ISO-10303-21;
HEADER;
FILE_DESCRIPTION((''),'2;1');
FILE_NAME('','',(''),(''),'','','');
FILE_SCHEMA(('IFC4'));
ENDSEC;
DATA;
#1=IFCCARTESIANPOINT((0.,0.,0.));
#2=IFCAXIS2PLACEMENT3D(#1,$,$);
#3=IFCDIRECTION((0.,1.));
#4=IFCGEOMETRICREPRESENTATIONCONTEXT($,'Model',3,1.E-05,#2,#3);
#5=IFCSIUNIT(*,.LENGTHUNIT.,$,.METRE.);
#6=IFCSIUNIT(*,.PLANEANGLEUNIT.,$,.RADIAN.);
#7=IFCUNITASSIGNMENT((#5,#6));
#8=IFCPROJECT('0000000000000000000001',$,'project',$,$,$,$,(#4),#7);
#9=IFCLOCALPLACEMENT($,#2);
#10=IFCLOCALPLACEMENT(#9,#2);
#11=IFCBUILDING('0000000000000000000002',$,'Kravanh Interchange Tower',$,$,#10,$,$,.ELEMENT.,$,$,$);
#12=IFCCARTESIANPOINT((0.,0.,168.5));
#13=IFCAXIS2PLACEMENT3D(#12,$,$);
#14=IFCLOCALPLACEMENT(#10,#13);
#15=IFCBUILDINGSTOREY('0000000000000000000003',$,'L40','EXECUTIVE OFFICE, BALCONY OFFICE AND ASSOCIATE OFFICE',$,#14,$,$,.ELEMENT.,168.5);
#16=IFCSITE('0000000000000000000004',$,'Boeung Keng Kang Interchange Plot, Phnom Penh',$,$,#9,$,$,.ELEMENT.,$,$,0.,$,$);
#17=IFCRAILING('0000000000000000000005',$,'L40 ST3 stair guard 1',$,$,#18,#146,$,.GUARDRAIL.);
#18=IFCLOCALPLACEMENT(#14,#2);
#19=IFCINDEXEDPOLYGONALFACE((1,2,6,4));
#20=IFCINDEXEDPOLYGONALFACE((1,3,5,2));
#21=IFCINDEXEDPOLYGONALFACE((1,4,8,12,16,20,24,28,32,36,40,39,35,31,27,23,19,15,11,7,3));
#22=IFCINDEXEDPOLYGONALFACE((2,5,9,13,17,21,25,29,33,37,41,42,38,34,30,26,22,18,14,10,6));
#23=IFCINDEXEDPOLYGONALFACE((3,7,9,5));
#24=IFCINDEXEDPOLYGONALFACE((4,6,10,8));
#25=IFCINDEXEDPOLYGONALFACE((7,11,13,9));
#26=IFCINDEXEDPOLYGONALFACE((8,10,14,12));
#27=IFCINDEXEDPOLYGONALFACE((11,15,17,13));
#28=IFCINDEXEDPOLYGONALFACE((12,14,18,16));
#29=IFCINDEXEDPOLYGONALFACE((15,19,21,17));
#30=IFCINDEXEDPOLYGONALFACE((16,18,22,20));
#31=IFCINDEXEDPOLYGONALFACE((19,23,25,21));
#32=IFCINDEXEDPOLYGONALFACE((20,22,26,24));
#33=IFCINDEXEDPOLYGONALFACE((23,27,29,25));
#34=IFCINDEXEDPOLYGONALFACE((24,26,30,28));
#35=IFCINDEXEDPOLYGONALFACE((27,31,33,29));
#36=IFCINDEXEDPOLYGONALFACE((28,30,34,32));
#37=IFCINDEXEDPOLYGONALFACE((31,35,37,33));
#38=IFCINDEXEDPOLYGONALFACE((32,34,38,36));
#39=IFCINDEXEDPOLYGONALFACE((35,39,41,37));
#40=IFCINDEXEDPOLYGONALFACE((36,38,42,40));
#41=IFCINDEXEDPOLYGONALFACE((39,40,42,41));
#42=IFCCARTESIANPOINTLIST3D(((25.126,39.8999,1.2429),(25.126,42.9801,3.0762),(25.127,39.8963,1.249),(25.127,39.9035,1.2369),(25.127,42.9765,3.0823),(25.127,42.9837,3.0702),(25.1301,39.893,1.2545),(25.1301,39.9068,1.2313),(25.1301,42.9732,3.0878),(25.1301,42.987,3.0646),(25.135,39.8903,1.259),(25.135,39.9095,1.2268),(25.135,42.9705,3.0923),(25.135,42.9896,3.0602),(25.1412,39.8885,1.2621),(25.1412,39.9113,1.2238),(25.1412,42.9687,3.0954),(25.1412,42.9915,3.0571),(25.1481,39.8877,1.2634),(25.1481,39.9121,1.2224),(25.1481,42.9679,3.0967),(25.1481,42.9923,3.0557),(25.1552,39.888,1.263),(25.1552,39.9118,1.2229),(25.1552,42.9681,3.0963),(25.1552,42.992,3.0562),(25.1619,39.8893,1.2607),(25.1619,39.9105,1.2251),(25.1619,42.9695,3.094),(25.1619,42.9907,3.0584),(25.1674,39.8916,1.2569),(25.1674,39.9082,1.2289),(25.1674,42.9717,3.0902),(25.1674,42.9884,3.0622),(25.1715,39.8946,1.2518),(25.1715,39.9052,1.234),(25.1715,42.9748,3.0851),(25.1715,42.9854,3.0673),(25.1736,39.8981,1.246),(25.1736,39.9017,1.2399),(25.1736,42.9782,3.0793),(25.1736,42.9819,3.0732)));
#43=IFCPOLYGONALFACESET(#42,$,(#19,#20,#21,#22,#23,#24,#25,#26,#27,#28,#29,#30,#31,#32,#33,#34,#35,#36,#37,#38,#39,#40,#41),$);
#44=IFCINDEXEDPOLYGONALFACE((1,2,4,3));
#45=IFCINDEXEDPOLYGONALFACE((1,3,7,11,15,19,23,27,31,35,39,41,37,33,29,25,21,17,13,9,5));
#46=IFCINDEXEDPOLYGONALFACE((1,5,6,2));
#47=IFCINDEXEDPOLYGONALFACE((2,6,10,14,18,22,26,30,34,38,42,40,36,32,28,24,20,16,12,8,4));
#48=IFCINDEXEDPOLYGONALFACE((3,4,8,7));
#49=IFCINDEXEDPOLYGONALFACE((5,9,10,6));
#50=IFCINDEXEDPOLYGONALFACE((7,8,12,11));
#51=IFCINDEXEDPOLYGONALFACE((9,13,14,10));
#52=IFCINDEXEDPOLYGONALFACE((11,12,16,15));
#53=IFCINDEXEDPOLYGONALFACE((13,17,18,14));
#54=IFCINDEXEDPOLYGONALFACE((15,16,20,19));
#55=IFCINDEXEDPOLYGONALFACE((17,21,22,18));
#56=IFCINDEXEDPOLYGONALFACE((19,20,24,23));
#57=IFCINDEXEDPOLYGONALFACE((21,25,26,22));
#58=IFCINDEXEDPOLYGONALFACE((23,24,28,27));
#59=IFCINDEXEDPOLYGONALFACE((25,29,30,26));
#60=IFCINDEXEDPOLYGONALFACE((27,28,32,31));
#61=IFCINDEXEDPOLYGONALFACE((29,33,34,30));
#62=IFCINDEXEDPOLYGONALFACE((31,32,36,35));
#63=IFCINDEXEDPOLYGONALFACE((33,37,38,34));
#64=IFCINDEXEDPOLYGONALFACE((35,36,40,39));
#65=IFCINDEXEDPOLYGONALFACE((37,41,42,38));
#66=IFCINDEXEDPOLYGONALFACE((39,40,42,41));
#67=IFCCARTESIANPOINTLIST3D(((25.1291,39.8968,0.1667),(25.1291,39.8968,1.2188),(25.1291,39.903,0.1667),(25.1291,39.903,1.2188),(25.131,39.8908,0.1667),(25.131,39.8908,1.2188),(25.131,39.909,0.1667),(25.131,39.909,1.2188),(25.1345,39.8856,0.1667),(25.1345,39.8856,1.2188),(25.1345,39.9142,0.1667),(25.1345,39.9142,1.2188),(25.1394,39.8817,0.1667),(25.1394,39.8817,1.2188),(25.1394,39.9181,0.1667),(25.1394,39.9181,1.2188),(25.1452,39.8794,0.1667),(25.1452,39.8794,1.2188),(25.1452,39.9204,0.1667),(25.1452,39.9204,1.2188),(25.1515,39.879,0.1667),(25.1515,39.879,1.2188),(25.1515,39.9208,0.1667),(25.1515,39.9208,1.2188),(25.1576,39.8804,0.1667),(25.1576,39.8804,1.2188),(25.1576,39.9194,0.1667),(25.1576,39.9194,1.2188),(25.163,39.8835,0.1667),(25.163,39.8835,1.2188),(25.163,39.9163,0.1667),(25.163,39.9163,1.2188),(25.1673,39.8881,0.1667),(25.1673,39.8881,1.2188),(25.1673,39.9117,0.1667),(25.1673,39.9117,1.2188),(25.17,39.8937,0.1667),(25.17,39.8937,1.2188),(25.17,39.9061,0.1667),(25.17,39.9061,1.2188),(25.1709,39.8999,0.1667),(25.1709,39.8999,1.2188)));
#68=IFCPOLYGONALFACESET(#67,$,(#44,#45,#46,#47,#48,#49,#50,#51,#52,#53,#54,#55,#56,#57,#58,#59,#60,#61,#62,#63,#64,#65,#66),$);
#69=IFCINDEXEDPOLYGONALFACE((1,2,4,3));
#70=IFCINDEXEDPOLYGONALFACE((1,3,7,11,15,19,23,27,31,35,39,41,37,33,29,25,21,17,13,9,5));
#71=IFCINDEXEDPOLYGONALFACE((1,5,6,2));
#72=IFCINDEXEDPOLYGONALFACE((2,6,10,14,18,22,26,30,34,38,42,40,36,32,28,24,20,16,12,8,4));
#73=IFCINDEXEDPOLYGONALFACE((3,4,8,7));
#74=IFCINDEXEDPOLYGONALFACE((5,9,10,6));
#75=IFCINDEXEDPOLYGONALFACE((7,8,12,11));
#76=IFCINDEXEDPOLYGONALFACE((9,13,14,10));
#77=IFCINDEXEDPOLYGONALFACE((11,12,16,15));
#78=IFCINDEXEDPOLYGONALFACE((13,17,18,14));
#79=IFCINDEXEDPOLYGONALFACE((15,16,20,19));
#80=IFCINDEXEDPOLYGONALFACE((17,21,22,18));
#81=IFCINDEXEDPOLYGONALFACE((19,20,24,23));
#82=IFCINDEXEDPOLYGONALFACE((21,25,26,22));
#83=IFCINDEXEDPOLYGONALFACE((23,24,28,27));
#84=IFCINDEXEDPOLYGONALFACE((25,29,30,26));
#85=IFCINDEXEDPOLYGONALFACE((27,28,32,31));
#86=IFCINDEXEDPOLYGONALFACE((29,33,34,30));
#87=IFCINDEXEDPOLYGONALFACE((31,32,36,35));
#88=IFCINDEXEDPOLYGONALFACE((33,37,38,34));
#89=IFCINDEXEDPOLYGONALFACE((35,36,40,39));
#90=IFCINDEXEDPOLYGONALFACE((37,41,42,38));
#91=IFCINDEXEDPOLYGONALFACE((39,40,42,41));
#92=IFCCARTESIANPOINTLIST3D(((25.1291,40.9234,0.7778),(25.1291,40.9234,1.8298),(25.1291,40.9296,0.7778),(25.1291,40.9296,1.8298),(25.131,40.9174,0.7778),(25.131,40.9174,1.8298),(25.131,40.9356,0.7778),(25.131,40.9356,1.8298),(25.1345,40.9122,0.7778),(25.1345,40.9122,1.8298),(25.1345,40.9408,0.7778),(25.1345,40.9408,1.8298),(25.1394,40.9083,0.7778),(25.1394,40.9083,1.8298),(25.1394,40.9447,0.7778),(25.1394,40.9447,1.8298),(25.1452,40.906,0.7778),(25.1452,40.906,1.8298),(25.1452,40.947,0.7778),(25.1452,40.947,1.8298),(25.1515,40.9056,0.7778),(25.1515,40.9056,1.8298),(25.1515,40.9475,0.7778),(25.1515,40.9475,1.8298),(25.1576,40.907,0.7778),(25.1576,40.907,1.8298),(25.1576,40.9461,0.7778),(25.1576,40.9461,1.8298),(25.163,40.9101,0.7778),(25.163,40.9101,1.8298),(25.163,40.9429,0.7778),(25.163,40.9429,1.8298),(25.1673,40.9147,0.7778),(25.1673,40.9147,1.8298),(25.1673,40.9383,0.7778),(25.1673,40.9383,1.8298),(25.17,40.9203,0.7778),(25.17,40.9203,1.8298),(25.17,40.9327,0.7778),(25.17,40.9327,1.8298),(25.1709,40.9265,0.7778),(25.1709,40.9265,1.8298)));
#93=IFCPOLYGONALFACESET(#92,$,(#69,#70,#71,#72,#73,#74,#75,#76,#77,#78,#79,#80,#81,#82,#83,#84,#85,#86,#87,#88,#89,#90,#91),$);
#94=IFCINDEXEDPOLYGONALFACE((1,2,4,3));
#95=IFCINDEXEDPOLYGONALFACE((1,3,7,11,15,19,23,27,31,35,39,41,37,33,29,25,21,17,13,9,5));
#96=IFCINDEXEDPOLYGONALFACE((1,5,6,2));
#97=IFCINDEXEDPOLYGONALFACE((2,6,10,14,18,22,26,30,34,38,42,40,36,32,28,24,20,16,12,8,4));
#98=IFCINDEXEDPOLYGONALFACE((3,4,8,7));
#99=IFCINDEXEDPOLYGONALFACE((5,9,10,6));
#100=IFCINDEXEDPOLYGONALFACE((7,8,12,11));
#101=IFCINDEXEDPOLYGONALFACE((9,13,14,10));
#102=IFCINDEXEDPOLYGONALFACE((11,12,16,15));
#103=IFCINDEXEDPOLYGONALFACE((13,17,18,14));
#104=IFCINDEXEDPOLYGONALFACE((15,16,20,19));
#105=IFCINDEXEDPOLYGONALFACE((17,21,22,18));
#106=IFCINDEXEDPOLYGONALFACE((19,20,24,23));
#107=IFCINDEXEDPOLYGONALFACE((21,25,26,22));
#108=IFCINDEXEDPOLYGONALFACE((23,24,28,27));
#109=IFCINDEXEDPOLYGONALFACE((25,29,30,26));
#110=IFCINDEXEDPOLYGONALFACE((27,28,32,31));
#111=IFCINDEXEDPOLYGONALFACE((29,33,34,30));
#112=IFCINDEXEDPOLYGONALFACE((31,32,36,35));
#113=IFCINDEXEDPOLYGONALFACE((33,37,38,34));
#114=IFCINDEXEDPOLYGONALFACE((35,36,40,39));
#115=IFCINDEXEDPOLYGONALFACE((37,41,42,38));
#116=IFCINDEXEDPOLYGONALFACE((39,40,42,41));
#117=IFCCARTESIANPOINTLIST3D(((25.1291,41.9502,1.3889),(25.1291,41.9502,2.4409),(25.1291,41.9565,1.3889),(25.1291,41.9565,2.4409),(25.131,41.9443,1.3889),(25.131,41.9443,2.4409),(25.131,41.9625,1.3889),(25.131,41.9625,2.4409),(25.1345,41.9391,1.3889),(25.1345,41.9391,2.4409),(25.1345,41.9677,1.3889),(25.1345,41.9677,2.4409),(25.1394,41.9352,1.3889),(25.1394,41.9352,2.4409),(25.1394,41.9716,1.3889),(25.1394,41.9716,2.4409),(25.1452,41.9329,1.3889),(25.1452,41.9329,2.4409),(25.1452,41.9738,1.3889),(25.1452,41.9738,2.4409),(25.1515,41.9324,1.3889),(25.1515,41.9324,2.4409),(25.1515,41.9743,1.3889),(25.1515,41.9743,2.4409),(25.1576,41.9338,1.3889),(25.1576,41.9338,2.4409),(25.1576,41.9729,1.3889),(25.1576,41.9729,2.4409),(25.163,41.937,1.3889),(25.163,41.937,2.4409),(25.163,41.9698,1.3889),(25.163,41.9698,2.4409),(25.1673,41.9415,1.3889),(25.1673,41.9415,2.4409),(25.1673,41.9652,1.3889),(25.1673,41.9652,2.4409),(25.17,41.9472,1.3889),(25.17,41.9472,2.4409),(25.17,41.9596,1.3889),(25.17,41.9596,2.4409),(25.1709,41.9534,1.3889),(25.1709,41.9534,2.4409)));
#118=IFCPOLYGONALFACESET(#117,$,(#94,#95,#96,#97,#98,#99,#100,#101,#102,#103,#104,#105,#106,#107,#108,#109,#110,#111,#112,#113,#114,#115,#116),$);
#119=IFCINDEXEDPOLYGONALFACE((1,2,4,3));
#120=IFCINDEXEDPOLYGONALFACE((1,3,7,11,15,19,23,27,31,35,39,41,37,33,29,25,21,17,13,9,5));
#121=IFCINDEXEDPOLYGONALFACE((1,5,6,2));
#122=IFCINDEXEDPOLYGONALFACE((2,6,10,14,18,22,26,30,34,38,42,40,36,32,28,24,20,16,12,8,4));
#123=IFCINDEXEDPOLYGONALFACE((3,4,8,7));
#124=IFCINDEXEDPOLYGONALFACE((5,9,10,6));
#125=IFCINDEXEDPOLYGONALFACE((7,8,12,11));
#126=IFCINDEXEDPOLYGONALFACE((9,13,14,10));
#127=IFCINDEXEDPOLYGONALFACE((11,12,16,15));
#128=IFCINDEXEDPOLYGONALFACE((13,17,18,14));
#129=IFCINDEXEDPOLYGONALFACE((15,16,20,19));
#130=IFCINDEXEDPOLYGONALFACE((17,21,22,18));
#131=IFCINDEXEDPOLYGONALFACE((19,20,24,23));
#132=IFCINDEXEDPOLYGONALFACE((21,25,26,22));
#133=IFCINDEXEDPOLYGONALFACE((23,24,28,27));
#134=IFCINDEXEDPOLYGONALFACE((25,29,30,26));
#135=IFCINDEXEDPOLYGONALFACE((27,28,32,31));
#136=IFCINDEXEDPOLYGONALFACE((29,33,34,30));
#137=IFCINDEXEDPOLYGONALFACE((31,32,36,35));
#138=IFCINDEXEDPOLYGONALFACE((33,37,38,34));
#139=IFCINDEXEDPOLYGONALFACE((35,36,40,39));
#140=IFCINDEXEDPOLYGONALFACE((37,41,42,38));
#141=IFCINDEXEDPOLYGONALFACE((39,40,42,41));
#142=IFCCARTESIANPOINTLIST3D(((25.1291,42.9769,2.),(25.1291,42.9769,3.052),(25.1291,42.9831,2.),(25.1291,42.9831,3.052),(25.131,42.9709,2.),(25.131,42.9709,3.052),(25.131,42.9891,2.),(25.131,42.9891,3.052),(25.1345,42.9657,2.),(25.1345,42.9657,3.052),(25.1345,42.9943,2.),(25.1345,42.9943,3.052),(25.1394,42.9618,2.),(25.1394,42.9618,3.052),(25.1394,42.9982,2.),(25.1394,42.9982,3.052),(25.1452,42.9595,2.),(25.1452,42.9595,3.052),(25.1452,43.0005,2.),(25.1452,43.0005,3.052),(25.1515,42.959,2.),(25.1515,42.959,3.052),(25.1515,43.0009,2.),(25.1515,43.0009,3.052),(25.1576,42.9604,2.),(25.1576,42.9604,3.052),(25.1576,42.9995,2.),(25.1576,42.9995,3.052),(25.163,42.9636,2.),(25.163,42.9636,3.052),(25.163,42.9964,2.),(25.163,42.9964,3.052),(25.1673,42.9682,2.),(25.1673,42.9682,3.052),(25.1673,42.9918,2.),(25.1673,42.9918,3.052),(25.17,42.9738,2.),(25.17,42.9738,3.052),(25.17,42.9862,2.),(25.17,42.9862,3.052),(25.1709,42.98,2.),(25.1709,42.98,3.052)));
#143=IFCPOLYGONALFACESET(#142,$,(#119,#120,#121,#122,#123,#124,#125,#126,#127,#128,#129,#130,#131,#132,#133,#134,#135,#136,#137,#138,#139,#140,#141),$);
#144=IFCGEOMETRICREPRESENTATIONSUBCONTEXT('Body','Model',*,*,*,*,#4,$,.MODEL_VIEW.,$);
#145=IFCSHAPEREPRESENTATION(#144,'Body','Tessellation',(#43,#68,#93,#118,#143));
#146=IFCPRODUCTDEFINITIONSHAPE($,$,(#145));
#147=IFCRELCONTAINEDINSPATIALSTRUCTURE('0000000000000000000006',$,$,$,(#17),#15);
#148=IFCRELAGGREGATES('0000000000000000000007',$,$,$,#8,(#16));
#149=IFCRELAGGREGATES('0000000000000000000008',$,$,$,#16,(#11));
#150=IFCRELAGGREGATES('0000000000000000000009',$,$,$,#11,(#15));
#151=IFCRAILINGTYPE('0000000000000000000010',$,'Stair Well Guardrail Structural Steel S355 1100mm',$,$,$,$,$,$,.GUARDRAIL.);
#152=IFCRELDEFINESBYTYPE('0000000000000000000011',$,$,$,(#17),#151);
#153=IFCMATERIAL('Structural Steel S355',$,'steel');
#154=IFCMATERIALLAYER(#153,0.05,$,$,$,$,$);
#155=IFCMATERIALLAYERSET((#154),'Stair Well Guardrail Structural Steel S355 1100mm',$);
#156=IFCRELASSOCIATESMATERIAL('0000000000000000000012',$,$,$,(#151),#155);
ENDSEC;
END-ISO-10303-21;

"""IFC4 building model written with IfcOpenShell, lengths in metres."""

from ifc_helpers import new_model, si_unit, direction, frame, origin, origin_2d, place, context, subcontext, project, spatial, circle, extrude, material, layer, layer_set, type_object, element, save


model = new_model("IFC4")

# Units and contexts
model_context = context("Model", 3, precision=1e-05, world=origin(), true_north=direction((0.0, 1.0)))
body_context = subcontext(model_context, "Body", "Model", "MODEL_VIEW")
ifc_project = project(units=[si_unit("LENGTHUNIT", "METRE"), si_unit("PLANEANGLEUNIT", "RADIAN")], contexts=[model_context])

# Site, building, storey
site_placement = place(None, origin())
site = spatial("IfcSite", under=ifc_project, at=site_placement, Name="Boeung Keng Kang Interchange Plot, Phnom Penh", CompositionType="ELEMENT", RefElevation=0.0)
building_placement = place(site_placement, origin())
building = spatial("IfcBuilding", under=site, at=building_placement, Name="Kravanh Interchange Tower", CompositionType="ELEMENT")
storey_placement = place(building_placement, frame((0.0, 0.0, 168.5)))
storey = spatial("IfcBuildingStorey", under=building, at=storey_placement, Name="L40", Description="EXECUTIVE OFFICE, BALCONY OFFICE AND ASSOCIATE OFFICE", CompositionType="ELEMENT", Elevation=168.5)

# Railing
ifc_material_1 = material(Name="Structural Steel S355", Category="steel")
ifc_layer_1 = layer(ifc_material_1, 0.05)
ifc_layer_set_1 = layer_set([ifc_layer_1], Name="Stair Well Guardrail Structural Steel S355 1100mm")
railing_type_1 = type_object("IfcRailingType", Name="Stair Well Guardrail Structural Steel S355 1100mm", PredefinedType="GUARDRAIL", material=ifc_layer_set_1)
railing_1_placement = place(storey_placement, frame((25.1499, 39.8999, 0.1667)))
element("IfcRailing", 1, at=railing_1_placement, inside=storey, type_object=railing_type_1, Name="L40 ST3 stair guard 1", PredefinedType="GUARDRAIL", context=body_context, shape_type="SweptSolid", body=[
    extrude(circle(Radius=0.0239, at=origin_2d()), frame((0.0, 0.0, 1.0762), z_axis=(0.0, 0.859309, 0.511458), x_axis=(-1.0, 0.0, 0.0)), (0.0, 0.0, 1.0), 3.5845),
    extrude(circle(Radius=0.021, at=origin_2d()), origin(), (0.0, 0.0, 1.0), 1.052),
    extrude(circle(Radius=0.021, at=origin_2d()), frame((0.0, 1.0266, 0.6111)), (0.0, 0.0, 1.0), 1.052),
    extrude(circle(Radius=0.021, at=origin_2d()), frame((0.0, 2.0535, 1.2222)), (0.0, 0.0, 1.0), 1.052),
    extrude(circle(Radius=0.021, at=origin_2d()), frame((0.0, 3.0801, 1.8333)), (0.0, 0.0, 1.0), 1.052),
])

save(model, "model.ifc")
